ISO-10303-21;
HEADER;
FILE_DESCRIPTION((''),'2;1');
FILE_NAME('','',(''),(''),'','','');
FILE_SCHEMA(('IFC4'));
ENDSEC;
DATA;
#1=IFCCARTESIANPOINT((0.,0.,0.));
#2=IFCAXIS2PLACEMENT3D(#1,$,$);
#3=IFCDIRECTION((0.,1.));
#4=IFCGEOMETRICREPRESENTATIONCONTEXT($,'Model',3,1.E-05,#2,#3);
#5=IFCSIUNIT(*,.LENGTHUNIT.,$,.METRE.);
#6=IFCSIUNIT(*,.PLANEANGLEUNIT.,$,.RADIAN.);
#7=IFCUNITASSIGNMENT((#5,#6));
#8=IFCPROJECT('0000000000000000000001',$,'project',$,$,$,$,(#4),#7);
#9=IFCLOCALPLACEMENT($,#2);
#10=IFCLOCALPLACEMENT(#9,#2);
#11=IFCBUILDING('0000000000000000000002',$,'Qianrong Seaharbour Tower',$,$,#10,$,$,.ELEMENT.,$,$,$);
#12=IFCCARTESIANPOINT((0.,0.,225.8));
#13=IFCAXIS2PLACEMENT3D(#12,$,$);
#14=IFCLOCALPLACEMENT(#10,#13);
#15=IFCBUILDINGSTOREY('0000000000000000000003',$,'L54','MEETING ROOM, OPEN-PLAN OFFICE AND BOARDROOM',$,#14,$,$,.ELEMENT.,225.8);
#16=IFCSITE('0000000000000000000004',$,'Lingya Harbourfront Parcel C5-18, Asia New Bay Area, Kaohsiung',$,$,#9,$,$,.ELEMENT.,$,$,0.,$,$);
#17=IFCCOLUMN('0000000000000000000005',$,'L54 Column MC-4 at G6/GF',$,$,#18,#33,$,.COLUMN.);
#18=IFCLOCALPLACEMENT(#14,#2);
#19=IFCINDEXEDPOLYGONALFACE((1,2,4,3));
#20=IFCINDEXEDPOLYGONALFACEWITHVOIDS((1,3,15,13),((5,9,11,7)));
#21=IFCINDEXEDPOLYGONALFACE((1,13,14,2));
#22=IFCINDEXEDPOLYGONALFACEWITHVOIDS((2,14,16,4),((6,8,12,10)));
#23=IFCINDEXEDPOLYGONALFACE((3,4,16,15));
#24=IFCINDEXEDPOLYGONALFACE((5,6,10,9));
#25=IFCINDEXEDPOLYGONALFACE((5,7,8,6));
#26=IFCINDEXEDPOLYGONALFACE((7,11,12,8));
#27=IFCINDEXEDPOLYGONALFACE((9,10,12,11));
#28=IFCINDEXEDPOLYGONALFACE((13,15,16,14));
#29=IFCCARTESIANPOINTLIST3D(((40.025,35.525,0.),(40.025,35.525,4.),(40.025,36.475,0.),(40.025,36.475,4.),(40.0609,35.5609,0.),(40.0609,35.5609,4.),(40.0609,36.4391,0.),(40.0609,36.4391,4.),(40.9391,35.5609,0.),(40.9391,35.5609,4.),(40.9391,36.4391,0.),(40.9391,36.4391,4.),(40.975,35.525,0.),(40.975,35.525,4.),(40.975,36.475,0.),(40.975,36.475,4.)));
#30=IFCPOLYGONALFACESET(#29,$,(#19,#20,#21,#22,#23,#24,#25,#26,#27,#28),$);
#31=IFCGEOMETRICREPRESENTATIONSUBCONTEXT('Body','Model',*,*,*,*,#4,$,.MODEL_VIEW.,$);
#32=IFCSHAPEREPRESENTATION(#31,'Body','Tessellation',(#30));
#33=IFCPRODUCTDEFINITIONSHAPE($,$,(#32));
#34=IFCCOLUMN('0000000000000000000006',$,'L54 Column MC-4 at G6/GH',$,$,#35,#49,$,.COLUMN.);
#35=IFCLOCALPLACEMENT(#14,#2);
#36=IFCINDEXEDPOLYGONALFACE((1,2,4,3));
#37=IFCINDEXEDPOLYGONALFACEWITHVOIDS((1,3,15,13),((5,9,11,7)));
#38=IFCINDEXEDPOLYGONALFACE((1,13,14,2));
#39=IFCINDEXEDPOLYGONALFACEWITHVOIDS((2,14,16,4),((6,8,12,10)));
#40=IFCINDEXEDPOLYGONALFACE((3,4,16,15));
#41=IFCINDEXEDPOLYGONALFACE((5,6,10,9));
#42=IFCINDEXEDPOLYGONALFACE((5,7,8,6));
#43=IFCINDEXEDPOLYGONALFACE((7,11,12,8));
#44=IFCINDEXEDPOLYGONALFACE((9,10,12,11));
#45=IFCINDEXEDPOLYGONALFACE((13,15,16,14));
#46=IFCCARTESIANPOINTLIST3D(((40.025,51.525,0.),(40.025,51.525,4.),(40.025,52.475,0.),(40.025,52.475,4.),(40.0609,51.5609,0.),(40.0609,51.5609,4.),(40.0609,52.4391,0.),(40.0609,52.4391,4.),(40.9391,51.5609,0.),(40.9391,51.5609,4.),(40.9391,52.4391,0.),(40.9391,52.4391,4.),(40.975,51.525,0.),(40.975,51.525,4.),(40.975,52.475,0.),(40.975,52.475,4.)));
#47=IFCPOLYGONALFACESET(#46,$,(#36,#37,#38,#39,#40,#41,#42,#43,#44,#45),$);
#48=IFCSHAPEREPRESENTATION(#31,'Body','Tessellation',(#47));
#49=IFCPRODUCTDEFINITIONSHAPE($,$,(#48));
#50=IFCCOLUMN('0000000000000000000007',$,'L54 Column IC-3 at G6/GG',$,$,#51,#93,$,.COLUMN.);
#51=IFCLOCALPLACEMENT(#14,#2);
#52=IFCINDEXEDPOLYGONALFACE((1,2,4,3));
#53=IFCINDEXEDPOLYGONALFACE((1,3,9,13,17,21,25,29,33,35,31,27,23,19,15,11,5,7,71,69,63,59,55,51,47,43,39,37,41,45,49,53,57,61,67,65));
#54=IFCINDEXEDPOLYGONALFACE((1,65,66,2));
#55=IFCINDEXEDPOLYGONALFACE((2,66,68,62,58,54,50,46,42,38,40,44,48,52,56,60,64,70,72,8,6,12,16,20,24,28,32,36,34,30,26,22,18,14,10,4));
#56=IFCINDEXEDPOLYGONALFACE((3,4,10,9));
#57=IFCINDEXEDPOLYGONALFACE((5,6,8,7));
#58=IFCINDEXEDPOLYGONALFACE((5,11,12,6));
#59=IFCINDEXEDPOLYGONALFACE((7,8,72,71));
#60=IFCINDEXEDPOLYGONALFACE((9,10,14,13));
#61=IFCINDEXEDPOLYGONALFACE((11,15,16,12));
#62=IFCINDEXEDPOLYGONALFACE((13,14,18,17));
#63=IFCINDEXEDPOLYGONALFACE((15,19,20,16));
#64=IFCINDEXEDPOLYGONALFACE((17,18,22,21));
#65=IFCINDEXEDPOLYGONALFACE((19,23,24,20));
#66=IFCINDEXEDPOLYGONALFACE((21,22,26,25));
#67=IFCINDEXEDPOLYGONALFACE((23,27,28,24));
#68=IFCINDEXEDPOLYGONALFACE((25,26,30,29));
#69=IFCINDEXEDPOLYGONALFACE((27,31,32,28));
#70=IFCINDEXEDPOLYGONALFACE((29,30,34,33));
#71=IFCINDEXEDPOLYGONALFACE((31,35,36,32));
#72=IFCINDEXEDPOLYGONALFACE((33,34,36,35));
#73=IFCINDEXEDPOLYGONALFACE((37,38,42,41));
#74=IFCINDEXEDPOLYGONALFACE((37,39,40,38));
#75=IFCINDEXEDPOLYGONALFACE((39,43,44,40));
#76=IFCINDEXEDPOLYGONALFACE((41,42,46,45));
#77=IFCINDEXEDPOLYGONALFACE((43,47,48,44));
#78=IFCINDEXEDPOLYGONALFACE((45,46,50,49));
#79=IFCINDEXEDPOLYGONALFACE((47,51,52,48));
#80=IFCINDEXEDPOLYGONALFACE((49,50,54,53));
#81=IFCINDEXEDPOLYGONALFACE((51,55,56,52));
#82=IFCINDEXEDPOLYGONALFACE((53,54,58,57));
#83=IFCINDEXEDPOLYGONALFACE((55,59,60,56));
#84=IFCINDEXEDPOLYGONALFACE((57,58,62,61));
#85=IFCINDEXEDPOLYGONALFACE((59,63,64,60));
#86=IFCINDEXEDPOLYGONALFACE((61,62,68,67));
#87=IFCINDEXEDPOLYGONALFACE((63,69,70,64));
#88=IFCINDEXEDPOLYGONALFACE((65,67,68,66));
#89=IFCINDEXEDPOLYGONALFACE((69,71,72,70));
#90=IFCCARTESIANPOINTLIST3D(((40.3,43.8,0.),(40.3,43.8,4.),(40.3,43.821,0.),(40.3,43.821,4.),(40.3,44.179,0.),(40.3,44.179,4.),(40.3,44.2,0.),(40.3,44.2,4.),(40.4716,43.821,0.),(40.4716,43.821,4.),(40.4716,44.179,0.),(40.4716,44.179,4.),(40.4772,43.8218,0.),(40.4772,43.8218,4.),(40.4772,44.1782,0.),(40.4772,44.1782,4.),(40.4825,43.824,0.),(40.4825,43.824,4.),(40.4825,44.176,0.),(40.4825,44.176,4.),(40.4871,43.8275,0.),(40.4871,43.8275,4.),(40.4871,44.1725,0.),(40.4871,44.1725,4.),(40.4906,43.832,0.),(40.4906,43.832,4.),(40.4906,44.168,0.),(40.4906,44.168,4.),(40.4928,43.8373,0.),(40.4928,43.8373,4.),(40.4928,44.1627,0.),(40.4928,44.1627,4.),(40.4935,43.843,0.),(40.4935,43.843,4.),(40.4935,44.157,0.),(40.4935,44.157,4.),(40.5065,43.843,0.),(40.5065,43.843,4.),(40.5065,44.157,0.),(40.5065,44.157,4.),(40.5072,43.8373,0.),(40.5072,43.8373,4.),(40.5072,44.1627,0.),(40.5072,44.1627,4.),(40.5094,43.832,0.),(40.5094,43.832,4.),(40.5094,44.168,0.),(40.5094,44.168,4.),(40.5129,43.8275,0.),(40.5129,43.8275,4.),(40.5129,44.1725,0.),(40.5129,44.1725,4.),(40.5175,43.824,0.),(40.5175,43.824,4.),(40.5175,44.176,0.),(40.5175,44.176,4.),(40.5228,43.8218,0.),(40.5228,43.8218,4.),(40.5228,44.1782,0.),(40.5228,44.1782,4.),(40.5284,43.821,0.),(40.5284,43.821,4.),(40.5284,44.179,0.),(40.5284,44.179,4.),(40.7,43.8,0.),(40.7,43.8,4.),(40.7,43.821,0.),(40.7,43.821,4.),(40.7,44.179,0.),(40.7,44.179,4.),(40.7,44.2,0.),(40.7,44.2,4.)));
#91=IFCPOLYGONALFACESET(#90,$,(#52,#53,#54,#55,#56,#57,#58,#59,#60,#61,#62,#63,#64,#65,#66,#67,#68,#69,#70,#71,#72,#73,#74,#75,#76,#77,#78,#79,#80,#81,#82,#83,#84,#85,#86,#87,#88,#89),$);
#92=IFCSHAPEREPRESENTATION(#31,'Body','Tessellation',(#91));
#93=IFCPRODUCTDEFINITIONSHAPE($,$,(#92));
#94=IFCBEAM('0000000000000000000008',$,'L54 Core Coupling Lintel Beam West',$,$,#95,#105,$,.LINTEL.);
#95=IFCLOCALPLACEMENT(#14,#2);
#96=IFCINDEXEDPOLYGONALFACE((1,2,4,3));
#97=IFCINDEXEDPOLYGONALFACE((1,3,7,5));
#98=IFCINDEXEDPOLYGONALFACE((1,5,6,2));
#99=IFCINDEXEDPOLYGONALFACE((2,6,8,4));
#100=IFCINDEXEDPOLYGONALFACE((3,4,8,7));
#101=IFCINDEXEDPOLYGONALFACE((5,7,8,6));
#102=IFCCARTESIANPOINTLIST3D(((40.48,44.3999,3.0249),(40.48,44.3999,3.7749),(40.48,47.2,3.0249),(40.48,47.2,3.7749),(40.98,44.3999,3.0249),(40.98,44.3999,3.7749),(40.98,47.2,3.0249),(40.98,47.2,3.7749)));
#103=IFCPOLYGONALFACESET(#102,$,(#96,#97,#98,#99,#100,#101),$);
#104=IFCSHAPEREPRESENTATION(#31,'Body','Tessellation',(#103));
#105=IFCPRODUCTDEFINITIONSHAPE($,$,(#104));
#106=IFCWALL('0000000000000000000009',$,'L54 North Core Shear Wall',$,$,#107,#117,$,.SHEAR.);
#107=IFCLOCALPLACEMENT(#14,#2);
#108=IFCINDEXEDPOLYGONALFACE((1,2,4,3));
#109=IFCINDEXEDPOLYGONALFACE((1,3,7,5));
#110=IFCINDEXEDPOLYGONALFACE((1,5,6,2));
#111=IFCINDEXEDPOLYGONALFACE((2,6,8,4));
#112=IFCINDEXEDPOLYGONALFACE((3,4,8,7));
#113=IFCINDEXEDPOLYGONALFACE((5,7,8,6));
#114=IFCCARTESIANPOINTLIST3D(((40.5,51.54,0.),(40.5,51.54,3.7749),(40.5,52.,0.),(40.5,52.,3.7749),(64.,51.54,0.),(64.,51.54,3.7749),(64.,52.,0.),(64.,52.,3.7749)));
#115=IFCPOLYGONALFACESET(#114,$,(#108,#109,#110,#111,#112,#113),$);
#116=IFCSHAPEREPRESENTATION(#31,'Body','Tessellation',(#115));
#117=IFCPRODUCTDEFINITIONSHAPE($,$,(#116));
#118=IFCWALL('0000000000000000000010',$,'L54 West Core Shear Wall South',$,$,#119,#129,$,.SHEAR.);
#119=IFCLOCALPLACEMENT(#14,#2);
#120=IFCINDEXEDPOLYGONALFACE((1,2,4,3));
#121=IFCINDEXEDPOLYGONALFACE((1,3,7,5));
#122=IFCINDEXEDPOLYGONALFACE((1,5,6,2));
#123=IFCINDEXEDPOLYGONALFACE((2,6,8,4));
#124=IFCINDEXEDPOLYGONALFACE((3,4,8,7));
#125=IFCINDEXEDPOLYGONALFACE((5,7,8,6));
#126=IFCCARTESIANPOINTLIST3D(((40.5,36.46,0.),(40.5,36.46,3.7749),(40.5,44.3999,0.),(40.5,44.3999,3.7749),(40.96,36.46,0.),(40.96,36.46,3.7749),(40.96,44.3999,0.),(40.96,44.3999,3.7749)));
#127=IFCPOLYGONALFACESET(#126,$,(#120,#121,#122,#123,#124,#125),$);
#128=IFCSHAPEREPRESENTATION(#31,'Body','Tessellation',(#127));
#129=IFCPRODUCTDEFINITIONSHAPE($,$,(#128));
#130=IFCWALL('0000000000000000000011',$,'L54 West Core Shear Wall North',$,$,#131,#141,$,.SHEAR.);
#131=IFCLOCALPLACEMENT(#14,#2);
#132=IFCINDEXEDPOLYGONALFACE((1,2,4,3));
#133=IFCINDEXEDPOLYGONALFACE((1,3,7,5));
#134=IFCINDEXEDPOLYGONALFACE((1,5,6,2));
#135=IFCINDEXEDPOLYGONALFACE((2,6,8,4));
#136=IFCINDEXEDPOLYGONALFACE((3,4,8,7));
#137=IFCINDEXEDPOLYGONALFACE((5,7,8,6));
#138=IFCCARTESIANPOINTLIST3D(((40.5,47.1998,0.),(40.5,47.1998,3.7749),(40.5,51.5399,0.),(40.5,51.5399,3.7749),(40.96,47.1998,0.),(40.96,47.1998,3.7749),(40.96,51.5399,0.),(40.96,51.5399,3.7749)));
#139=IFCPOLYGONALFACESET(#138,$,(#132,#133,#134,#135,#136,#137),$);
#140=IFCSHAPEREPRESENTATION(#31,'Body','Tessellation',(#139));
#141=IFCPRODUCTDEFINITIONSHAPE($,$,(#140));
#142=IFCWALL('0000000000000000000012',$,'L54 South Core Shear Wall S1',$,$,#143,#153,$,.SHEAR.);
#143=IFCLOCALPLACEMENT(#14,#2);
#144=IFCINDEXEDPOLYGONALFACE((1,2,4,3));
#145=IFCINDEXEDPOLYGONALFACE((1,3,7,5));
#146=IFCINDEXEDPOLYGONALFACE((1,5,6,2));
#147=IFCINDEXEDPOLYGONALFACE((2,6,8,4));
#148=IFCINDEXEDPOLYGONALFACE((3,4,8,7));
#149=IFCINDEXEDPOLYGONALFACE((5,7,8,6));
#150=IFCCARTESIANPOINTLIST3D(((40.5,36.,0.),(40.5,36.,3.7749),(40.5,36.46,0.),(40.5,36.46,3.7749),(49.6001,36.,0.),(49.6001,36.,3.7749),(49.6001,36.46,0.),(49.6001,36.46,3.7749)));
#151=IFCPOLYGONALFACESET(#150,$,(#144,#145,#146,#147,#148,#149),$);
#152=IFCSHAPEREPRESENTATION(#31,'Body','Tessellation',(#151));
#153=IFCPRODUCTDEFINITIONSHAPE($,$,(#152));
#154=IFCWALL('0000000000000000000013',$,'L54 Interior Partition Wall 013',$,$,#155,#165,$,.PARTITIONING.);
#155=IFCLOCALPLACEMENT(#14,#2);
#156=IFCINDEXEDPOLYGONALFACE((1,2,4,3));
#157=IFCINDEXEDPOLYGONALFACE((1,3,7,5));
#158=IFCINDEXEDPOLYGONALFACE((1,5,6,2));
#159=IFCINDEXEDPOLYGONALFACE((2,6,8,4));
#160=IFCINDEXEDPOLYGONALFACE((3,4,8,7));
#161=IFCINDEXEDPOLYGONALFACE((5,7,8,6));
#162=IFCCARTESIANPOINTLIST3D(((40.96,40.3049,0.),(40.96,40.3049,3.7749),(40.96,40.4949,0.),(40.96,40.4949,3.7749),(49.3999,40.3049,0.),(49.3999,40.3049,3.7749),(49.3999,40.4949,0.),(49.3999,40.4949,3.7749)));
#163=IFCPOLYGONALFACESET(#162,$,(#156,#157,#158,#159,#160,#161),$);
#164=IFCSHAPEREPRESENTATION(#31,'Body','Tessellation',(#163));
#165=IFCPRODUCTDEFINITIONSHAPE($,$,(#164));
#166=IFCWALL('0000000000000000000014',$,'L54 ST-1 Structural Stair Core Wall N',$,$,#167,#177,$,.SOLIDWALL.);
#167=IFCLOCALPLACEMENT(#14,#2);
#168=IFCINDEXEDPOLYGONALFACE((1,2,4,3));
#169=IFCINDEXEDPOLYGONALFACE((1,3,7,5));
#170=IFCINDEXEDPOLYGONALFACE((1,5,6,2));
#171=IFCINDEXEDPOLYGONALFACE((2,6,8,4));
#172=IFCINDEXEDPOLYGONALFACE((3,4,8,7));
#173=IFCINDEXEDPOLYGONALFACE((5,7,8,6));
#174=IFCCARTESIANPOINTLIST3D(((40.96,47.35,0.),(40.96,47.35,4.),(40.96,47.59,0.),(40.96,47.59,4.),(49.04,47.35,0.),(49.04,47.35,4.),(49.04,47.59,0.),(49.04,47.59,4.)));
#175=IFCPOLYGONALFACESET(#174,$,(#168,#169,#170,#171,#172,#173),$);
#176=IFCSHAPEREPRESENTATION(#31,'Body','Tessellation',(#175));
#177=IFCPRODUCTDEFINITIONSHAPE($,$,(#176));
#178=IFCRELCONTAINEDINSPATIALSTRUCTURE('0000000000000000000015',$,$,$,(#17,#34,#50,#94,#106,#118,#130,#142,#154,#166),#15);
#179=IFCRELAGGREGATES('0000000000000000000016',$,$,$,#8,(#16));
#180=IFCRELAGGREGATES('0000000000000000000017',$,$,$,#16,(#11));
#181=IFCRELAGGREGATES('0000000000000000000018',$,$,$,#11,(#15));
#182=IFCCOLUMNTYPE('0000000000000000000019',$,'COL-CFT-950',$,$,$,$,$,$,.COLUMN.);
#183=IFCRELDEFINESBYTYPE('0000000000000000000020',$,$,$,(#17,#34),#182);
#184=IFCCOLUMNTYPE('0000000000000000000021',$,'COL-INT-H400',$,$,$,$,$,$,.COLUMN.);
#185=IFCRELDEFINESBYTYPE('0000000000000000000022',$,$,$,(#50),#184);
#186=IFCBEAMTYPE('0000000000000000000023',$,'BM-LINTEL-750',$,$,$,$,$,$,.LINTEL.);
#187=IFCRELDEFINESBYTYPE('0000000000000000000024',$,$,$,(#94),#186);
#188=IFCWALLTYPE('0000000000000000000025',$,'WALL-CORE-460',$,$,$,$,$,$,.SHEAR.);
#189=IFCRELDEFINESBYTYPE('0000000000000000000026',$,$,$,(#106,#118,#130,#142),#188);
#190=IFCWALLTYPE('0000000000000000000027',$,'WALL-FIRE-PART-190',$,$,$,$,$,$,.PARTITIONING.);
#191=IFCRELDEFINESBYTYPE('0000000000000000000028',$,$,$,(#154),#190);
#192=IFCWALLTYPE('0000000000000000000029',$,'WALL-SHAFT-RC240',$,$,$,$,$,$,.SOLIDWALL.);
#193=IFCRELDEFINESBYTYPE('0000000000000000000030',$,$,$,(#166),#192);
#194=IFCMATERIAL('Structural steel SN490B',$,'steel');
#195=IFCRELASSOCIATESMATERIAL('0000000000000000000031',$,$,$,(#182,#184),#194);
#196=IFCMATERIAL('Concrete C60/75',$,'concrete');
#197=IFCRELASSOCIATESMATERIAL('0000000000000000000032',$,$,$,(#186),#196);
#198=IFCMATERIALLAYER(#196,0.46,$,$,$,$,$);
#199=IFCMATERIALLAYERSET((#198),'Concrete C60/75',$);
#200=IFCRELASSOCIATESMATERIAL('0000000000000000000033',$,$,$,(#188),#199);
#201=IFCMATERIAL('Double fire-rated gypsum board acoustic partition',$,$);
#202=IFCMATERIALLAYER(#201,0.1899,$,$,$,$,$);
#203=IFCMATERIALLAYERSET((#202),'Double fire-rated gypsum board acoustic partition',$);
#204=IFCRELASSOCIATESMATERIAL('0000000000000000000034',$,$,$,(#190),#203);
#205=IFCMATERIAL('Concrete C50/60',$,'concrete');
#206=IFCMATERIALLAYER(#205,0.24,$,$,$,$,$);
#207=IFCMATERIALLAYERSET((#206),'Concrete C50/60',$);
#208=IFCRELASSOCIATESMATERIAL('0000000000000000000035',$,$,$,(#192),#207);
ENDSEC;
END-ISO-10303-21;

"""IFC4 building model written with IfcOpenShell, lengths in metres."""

from ifc_helpers import new_model, si_unit, direction, frame, frame_2d, origin, origin_2d, place, context, subcontext, project, spatial, rectangle, hollow_rectangle, i_section, extrude, material, layer, layer_set, material_profile, profile_set, type_object, element, save


model = new_model("IFC4")

# Units and contexts
model_context = context("Model", 3, precision=1e-05, world=origin(), true_north=direction((0.0, 1.0)))
body_context = subcontext(model_context, "Body", "Model", "MODEL_VIEW")
ifc_project = project(units=[si_unit("LENGTHUNIT", "METRE"), si_unit("PLANEANGLEUNIT", "RADIAN")], contexts=[model_context])

# Site, building, storey
site_placement = place(None, origin())
site = spatial("IfcSite", under=ifc_project, at=site_placement, Name="Lingya Harbourfront Parcel C5-18, Asia New Bay Area, Kaohsiung", CompositionType="ELEMENT", RefElevation=0.0)
building_placement = place(site_placement, origin())
building = spatial("IfcBuilding", under=site, at=building_placement, Name="Qianrong Seaharbour Tower", CompositionType="ELEMENT")
storey_placement = place(building_placement, frame((0.0, 0.0, 225.8)))
storey = spatial("IfcBuildingStorey", under=building, at=storey_placement, Name="L54", Description="MEETING ROOM, OPEN-PLAN OFFICE AND BOARDROOM", CompositionType="ELEMENT", Elevation=225.8)

# Columns
ifc_material_1 = material(Name="Structural steel SN490B", Category="steel")
ifc_material_profile_1 = material_profile(ifc_material_1, hollow_rectangle(XDim=0.95, YDim=0.95, WallThickness=0.0359, at=origin_2d()), Name="BOX950x950x36")
ifc_profile_set_1 = profile_set([ifc_material_profile_1], Name="Structural steel SN490B")
column_type_1 = type_object("IfcColumnType", Name="COL-CFT-950", PredefinedType="COLUMN", material=ifc_profile_set_1)
for number, where, z_axis, x_axis, name in (
    (1, (40.5, 36.0, 0.0), (0.0, 0.0, 1.0), (1.0, 0.0, 0.0), "L54 Column MC-4 at G6/GF"),
    (2, (40.5, 52.0, 0.0), (0.0, 0.0, 1.0), (1.0, 0.0, 0.0), "L54 Column MC-4 at G6/GH"),
):
    element("IfcColumn", number, at=place(storey_placement, frame(where, z_axis=z_axis, x_axis=x_axis)), inside=storey, type_object=column_type_1, Name=name, PredefinedType="COLUMN", context=body_context, shape_type="SweptSolid", body=[
        extrude(hollow_rectangle(XDim=0.95, YDim=0.95, WallThickness=0.0359, at=origin_2d()), origin(), (0.0, 0.0, 1.0), 4.0),
    ])
ifc_material_profile_2 = material_profile(ifc_material_1, i_section(OverallWidth=0.3999, OverallDepth=0.3999, WebThickness=0.0129, FlangeThickness=0.021, FilletRadius=0.022, at=origin_2d()), Name="H400x400x13x21")
ifc_profile_set_2 = profile_set([ifc_material_profile_2], Name="Structural steel SN490B")
column_type_2 = type_object("IfcColumnType", Name="COL-INT-H400", PredefinedType="COLUMN", material=ifc_profile_set_2)
column_placement = place(storey_placement, frame((40.5, 44.0, 0.0), z_axis=(0.0, 0.0, 1.0), x_axis=(1.0, 0.0, 0.0)))
element("IfcColumn", 3, at=column_placement, inside=storey, type_object=column_type_2, Name="L54 Column IC-3 at G6/GG", PredefinedType="COLUMN", context=body_context, shape_type="SweptSolid", body=[
    extrude(i_section(OverallWidth=0.3999, OverallDepth=0.3999, WebThickness=0.0129, FlangeThickness=0.021, FilletRadius=0.022, at=origin_2d()), origin(), (0.0, 0.0, 1.0), 4.0),
])

# Beam
ifc_material_2 = material(Name="Concrete C60/75", Category="concrete")
ifc_material_profile_3 = material_profile(ifc_material_2, rectangle(XDim=0.5, YDim=0.75, at=origin_2d()), Name="RC500x750")
ifc_profile_set_3 = profile_set([ifc_material_profile_3], Name="Concrete C60/75")
beam_type = type_object("IfcBeamType", Name="BM-LINTEL-750", PredefinedType="LINTEL", material=ifc_profile_set_3)
beam_placement = place(storey_placement, frame((40.73, 44.3999, 3.3999), z_axis=(0.0, 1.0, 0.0), x_axis=(-1.0, 0.0, 0.0)))
element("IfcBeam", 4, at=beam_placement, inside=storey, type_object=beam_type, Name="L54 Core Coupling Lintel Beam West", PredefinedType="LINTEL", context=body_context, shape_type="SweptSolid", body=[
    extrude(rectangle(XDim=0.5, YDim=0.75, at=origin_2d()), origin(), (0.0, 0.0, 1.0), 2.8),
])

# Walls
ifc_layer_1 = layer(ifc_material_2, 0.46)
ifc_layer_set_1 = layer_set([ifc_layer_1], Name="Concrete C60/75")
wall_type_1 = type_object("IfcWallType", Name="WALL-CORE-460", PredefinedType="SHEAR", material=ifc_layer_set_1)
wall_1_placement = place(storey_placement, frame((40.5, 51.77, 0.0), z_axis=(0.0, 0.0, 1.0), x_axis=(1.0, 0.0, 0.0)))
element("IfcWall", 5, at=wall_1_placement, inside=storey, type_object=wall_type_1, Name="L54 North Core Shear Wall", PredefinedType="SHEAR", context=body_context, shape_type="SweptSolid", body=[
    extrude(rectangle(XDim=23.5, YDim=0.46, at=frame_2d((11.75, 0.0))), origin(), (0.0, 0.0, 1.0), 3.7749),
])
wall_2_placement = place(storey_placement, frame((40.73, 36.46, 0.0), z_axis=(0.0, 0.0, 1.0), x_axis=(0.0, 1.0, 0.0)))
element("IfcWall", 6, at=wall_2_placement, inside=storey, type_object=wall_type_1, Name="L54 West Core Shear Wall South", PredefinedType="SHEAR", context=body_context, shape_type="SweptSolid", body=[
    extrude(rectangle(XDim=7.9399, YDim=0.46, at=frame_2d((3.97, 0.0))), origin(), (0.0, 0.0, 1.0), 3.7749),
])
wall_3_placement = place(storey_placement, frame((40.73, 47.2, 0.0), z_axis=(0.0, 0.0, 1.0), x_axis=(0.0, 1.0, 0.0)))
element("IfcWall", 7, at=wall_3_placement, inside=storey, type_object=wall_type_1, Name="L54 West Core Shear Wall North", PredefinedType="SHEAR", context=body_context, shape_type="SweptSolid", body=[
    extrude(rectangle(XDim=4.3401, YDim=0.46, at=frame_2d((2.1699, 0.0))), origin(), (0.0, 0.0, 1.0), 3.7749),
])
wall_4_placement = place(storey_placement, frame((40.5, 36.23, 0.0), z_axis=(0.0, 0.0, 1.0), x_axis=(1.0, 0.0, 0.0)))
element("IfcWall", 8, at=wall_4_placement, inside=storey, type_object=wall_type_1, Name="L54 South Core Shear Wall S1", PredefinedType="SHEAR", context=body_context, shape_type="SweptSolid", body=[
    extrude(rectangle(XDim=9.1001, YDim=0.46, at=frame_2d((4.55, 0.0))), origin(), (0.0, 0.0, 1.0), 3.7749),
])
ifc_material_3 = material(Name="Double fire-rated gypsum board acoustic partition")
ifc_layer_2 = layer(ifc_material_3, 0.1899)
ifc_layer_set_2 = layer_set([ifc_layer_2], Name="Double fire-rated gypsum board acoustic partition")
wall_type_2 = type_object("IfcWallType", Name="WALL-FIRE-PART-190", PredefinedType="PARTITIONING", material=ifc_layer_set_2)
wall_5_placement = place(storey_placement, frame((40.96, 40.3999, 0.0), z_axis=(0.0, 0.0, 1.0), x_axis=(1.0, 0.0, 0.0)))
element("IfcWall", 9, at=wall_5_placement, inside=storey, type_object=wall_type_2, Name="L54 Interior Partition Wall 013", PredefinedType="PARTITIONING", context=body_context, shape_type="SweptSolid", body=[
    extrude(rectangle(XDim=8.4399, YDim=0.1899, at=frame_2d((4.22, 0.0))), origin(), (0.0, 0.0, 1.0), 3.7749),
])
ifc_material_4 = material(Name="Concrete C50/60", Category="concrete")
ifc_layer_3 = layer(ifc_material_4, 0.24)
ifc_layer_set_3 = layer_set([ifc_layer_3], Name="Concrete C50/60")
wall_type_3 = type_object("IfcWallType", Name="WALL-SHAFT-RC240", PredefinedType="SOLIDWALL", material=ifc_layer_set_3)
wall_6_placement = place(storey_placement, frame((40.96, 47.47, 0.0), z_axis=(0.0, 0.0, 1.0), x_axis=(1.0, 0.0, 0.0)))
element("IfcWall", 10, at=wall_6_placement, inside=storey, type_object=wall_type_3, Name="L54 ST-1 Structural Stair Core Wall N", PredefinedType="SOLIDWALL", context=body_context, shape_type="SweptSolid", body=[
    extrude(rectangle(XDim=8.0801, YDim=0.24, at=frame_2d((4.04, 0.0))), origin(), (0.0, 0.0, 1.0), 4.0),
])

save(model, "model.ifc")
